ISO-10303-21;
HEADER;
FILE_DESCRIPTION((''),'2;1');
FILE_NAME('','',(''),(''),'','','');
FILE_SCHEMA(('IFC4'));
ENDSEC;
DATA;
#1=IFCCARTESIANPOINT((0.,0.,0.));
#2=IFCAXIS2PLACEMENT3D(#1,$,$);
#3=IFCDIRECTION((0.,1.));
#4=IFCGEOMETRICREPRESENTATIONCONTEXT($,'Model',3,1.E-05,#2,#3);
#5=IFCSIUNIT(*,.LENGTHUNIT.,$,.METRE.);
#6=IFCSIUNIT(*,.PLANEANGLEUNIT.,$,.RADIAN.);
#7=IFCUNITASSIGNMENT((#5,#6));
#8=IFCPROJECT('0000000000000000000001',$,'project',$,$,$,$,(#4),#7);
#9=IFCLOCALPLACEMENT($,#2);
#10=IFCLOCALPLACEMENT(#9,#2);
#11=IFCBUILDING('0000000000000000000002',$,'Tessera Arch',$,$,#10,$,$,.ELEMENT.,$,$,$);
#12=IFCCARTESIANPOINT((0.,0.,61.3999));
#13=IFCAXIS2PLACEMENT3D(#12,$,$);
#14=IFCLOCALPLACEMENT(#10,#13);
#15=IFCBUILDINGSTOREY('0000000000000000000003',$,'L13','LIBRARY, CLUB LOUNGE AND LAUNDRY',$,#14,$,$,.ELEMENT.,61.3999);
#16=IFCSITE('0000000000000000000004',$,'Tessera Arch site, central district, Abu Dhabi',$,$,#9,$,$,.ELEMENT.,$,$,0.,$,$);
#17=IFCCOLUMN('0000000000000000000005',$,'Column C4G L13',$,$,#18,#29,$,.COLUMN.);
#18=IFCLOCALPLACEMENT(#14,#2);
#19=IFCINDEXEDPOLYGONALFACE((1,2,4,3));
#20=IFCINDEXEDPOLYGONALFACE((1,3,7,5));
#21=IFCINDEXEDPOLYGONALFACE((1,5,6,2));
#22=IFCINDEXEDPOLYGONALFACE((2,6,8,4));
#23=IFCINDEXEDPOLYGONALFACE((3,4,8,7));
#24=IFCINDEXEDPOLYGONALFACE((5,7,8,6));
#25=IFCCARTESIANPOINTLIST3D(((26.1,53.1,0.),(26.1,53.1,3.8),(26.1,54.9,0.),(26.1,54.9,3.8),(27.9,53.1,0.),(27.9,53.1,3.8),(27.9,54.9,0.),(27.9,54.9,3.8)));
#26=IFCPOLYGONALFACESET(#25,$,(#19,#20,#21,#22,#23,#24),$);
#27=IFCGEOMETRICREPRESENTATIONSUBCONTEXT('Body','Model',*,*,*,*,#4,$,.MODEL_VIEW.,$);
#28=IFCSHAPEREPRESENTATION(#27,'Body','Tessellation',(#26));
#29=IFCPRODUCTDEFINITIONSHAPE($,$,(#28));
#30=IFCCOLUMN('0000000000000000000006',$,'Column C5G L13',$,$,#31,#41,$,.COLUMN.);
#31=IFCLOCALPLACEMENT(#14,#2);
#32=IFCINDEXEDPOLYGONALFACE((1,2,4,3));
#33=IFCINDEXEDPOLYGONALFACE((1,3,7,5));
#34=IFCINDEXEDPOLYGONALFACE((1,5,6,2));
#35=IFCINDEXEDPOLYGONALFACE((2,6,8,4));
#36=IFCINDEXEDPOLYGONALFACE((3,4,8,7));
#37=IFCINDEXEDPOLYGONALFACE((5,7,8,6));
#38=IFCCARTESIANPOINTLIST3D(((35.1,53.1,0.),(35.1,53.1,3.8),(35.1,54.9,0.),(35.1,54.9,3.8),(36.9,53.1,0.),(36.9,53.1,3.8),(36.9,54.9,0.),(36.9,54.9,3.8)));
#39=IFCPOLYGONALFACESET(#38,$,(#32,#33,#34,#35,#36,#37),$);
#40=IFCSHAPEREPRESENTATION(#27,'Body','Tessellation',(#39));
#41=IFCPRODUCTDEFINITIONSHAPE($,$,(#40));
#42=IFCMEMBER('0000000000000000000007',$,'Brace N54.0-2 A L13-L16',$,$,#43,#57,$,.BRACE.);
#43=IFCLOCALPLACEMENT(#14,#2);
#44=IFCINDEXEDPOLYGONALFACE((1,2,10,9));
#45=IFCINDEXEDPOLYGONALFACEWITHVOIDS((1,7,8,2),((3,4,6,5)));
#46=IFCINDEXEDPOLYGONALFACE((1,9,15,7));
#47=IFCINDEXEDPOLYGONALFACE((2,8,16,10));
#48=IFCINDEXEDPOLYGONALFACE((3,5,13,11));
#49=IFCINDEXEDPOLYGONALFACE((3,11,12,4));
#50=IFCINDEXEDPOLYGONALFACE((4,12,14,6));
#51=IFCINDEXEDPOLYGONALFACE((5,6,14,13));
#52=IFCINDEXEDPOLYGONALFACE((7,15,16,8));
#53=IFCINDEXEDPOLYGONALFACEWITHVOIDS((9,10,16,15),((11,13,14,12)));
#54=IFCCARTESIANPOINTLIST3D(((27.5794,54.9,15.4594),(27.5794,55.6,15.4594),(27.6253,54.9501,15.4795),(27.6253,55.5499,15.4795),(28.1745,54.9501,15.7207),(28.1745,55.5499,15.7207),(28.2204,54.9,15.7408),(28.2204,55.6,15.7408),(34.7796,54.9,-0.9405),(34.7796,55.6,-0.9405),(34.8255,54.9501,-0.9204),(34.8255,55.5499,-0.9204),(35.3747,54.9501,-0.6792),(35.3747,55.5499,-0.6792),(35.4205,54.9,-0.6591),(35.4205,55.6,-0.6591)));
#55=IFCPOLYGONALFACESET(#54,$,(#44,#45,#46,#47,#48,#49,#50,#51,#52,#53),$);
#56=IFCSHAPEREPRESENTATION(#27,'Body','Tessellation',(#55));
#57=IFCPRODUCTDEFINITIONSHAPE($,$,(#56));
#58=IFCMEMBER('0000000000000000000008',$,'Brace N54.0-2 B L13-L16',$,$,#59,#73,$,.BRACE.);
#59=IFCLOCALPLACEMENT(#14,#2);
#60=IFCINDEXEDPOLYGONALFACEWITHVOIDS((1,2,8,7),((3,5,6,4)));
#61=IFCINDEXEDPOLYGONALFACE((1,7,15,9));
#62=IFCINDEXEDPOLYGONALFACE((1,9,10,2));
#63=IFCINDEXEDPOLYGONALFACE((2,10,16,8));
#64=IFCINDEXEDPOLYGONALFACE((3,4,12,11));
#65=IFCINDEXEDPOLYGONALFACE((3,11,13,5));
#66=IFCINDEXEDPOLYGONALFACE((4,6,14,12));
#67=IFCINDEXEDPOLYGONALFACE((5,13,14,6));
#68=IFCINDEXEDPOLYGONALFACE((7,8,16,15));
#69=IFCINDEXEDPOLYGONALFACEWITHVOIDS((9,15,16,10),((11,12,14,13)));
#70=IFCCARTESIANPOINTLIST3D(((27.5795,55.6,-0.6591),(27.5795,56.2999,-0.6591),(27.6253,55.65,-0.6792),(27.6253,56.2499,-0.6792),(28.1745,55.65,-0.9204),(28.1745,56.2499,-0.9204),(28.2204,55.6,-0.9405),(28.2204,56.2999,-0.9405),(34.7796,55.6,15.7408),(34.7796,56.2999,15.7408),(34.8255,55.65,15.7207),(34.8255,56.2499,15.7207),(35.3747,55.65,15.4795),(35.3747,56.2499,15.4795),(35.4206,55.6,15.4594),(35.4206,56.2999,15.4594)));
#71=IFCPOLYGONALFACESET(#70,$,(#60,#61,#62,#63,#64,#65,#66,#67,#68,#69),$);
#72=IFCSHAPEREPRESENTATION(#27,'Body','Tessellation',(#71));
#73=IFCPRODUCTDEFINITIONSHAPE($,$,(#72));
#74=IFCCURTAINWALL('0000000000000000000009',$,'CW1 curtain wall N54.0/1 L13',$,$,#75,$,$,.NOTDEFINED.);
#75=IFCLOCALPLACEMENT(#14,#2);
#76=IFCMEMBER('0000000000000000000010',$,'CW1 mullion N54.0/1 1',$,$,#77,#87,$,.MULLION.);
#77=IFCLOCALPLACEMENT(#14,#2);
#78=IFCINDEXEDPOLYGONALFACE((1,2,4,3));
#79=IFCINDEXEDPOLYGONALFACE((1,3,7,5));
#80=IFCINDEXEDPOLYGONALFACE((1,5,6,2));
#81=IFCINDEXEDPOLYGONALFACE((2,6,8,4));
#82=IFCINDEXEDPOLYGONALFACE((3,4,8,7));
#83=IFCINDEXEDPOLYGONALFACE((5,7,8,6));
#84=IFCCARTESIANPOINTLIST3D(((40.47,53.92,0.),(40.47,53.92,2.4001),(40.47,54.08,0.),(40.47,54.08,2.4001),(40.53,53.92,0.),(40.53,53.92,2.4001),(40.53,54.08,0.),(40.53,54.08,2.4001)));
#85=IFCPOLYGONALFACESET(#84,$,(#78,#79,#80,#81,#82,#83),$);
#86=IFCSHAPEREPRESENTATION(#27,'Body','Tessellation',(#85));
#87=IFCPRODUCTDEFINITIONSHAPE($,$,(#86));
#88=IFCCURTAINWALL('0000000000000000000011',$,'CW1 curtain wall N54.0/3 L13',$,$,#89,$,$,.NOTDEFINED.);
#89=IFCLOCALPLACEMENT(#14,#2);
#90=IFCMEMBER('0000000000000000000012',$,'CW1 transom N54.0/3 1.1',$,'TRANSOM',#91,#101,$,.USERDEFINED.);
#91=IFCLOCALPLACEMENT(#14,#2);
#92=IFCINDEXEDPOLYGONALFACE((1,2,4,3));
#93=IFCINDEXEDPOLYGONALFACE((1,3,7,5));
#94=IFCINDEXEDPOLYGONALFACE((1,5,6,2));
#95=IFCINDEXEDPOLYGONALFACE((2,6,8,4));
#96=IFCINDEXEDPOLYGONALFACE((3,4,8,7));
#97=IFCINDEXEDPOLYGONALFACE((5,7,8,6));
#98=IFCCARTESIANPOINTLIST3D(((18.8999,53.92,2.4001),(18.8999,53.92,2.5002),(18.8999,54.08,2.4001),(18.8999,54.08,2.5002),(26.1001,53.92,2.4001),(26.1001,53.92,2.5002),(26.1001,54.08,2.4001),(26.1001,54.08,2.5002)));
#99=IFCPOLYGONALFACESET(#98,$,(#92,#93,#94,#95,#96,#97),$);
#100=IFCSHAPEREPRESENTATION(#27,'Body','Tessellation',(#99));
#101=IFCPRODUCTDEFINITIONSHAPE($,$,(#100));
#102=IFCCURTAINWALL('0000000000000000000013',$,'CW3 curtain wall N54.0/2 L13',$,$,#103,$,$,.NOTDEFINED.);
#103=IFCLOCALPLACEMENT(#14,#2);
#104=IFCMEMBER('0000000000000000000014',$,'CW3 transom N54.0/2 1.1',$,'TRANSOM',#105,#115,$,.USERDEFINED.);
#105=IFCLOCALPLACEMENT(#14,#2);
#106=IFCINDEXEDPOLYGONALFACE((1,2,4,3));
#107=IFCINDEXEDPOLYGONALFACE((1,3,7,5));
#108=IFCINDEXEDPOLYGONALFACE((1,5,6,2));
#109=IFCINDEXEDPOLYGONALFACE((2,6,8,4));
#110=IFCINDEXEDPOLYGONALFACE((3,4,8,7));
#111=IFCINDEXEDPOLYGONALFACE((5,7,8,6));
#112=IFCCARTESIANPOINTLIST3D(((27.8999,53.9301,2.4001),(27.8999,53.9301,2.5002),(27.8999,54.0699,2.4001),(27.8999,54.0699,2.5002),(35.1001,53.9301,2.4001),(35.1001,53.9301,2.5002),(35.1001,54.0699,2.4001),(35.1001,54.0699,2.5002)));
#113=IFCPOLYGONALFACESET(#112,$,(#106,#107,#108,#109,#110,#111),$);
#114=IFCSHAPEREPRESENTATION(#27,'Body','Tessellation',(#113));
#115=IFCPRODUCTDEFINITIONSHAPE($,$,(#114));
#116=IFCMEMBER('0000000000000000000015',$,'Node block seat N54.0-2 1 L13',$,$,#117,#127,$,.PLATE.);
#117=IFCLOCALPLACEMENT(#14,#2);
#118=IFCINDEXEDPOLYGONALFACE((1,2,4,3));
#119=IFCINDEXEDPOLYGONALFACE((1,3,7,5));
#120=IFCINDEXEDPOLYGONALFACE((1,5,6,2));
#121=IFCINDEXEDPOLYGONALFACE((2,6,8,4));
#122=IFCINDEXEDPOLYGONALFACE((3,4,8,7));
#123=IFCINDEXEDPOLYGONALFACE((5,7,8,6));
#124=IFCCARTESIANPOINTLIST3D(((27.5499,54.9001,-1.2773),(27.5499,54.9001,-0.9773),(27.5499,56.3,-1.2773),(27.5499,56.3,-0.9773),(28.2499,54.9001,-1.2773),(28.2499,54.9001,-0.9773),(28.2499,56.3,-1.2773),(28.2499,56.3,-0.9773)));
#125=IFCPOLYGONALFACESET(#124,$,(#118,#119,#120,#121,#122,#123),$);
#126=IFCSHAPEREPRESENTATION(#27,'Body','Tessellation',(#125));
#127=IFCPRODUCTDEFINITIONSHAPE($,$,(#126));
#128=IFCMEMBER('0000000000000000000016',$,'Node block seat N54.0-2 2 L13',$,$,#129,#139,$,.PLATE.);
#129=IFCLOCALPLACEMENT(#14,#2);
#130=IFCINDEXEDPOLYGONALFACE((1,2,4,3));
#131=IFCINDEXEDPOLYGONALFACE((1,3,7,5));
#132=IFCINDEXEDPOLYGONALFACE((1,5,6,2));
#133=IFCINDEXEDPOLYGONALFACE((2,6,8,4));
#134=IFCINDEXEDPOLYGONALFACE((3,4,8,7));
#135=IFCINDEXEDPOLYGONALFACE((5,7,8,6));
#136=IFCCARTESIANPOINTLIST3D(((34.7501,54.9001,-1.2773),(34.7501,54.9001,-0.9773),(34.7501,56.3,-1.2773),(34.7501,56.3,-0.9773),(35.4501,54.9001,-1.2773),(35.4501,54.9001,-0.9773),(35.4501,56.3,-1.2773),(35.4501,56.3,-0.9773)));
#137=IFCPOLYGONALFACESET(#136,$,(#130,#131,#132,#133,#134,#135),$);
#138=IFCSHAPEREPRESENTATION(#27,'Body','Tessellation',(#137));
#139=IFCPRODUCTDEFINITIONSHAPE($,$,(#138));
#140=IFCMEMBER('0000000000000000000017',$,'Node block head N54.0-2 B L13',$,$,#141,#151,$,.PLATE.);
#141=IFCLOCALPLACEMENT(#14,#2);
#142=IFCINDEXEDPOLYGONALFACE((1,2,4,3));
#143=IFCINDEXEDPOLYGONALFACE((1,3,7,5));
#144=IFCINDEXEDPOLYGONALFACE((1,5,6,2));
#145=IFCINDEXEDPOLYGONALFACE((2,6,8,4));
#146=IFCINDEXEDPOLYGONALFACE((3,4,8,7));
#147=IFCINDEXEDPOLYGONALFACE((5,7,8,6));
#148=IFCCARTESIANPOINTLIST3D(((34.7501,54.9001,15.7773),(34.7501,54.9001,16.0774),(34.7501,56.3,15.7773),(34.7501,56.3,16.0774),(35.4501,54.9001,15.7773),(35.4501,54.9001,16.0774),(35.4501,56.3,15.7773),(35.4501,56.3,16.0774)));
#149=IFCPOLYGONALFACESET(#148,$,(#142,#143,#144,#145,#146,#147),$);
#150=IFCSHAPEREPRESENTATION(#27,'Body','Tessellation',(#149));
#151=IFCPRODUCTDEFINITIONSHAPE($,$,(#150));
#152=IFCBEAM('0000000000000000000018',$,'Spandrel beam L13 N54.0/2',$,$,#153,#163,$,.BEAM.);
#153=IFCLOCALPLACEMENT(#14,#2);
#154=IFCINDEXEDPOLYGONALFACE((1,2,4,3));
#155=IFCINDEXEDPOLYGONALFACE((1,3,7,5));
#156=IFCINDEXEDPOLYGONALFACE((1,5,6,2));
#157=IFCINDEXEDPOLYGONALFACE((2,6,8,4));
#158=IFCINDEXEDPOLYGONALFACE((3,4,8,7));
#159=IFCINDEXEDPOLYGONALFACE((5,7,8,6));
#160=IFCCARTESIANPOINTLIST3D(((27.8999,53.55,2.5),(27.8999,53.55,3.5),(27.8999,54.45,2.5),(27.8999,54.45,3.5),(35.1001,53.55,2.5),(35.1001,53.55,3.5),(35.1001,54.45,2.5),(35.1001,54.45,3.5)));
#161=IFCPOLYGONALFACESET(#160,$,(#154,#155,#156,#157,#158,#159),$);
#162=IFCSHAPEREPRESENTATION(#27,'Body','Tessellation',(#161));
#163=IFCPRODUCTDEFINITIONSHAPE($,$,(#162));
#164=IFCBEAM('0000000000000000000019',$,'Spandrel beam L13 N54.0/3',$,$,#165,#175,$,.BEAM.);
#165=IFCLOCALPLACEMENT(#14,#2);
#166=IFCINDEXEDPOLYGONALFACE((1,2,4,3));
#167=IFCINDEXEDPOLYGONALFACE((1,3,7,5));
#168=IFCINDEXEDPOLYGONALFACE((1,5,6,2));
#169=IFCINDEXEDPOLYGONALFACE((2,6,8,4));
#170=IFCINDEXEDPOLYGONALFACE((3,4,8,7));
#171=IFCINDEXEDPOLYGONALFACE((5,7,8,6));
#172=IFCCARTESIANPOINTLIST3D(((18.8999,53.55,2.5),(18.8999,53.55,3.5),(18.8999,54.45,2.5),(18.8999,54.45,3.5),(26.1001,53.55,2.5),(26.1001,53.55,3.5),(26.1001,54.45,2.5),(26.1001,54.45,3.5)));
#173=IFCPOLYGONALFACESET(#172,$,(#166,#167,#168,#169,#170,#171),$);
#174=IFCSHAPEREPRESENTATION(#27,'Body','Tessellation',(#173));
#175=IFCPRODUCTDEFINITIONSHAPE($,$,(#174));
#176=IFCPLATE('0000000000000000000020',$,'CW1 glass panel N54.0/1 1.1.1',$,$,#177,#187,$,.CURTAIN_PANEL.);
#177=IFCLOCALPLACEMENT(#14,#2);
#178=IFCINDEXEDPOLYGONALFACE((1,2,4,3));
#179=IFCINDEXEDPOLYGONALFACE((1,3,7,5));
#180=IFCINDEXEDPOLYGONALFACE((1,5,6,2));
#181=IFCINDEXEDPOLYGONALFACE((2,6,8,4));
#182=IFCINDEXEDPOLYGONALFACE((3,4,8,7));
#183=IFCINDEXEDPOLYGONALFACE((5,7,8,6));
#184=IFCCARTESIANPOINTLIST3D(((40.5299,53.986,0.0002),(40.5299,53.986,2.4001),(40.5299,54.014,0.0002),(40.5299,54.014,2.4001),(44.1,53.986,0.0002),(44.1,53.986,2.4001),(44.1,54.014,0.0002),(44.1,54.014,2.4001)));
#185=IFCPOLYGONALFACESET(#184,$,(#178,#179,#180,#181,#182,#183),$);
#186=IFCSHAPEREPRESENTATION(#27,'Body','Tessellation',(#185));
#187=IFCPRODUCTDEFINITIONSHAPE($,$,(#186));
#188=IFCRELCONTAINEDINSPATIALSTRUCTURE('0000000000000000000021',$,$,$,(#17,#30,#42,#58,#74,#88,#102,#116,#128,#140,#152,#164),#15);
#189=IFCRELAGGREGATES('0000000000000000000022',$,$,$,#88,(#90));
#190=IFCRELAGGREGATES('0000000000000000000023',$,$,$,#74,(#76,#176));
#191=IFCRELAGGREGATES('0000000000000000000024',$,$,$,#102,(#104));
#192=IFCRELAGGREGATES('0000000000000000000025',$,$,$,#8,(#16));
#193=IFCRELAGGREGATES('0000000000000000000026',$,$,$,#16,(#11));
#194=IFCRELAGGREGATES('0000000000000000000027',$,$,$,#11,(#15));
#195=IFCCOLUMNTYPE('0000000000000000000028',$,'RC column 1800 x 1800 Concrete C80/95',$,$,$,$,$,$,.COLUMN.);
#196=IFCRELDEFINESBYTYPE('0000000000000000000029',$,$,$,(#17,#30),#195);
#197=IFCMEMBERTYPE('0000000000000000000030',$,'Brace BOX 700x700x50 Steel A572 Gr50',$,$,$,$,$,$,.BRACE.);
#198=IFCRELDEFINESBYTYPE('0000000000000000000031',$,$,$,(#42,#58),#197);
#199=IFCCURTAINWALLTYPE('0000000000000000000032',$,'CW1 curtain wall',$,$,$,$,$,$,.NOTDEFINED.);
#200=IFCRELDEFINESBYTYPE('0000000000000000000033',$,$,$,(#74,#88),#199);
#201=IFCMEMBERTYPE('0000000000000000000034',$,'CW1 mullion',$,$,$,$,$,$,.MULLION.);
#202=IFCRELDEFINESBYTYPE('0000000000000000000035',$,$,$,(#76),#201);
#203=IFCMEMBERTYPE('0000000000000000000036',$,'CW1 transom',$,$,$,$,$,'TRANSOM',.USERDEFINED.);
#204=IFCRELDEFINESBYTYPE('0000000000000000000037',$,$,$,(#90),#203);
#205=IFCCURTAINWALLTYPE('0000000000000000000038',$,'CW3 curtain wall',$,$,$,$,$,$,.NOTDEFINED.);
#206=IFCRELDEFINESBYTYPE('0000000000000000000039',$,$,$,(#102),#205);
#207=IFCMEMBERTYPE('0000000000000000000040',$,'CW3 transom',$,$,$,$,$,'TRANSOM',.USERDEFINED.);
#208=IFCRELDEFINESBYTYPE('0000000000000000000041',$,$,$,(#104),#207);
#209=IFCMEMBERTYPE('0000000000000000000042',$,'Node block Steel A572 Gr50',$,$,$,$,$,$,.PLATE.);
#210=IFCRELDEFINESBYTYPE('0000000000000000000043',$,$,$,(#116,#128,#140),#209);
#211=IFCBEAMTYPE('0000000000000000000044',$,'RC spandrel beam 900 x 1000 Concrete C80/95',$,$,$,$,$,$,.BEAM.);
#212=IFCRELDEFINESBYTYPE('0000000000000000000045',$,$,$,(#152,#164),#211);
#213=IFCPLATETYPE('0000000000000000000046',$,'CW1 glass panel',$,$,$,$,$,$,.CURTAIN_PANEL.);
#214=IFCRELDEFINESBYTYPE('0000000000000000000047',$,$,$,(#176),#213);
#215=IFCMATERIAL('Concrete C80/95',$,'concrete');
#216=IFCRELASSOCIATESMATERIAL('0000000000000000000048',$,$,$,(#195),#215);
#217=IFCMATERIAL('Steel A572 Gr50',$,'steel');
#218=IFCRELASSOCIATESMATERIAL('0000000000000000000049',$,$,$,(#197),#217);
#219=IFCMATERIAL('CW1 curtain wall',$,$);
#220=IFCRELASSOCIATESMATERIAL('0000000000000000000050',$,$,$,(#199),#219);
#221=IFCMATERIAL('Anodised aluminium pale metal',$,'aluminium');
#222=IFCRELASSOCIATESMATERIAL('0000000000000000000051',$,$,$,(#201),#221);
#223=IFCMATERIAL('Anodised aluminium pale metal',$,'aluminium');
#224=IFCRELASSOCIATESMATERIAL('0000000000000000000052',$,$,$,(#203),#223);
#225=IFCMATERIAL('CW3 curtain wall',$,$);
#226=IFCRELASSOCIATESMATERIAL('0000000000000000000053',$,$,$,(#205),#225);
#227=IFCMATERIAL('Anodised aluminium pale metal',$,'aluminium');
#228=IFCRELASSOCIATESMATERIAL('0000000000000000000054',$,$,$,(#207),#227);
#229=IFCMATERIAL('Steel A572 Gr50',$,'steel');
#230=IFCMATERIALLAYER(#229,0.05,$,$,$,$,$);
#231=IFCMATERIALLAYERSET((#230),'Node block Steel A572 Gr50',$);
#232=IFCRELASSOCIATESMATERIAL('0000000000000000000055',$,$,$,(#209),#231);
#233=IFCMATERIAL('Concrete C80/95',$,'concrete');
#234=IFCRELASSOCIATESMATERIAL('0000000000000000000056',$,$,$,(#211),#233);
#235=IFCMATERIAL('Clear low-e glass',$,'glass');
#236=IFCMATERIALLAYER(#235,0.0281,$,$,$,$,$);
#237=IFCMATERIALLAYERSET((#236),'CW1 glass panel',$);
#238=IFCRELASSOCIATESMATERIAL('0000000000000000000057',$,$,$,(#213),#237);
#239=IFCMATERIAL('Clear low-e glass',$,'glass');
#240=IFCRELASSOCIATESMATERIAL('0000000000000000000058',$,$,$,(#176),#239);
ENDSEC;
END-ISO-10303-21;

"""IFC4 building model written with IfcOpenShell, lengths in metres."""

from ifc_helpers import new_model, si_unit, direction, frame, origin, origin_2d, place, context, subcontext, project, spatial, rectangle, hollow_rectangle, extrude, material, layer, layer_set, material_profile, profile_set, type_object, element, aggregate, save


model = new_model("IFC4")

# Units and contexts
model_context = context("Model", 3, precision=1e-05, world=origin(), true_north=direction((0.0, 1.0)))
body_context = subcontext(model_context, "Body", "Model", "MODEL_VIEW")
ifc_project = project(units=[si_unit("LENGTHUNIT", "METRE"), si_unit("PLANEANGLEUNIT", "RADIAN")], contexts=[model_context])

# Site, building, storey
site_placement = place(None, origin())
site = spatial("IfcSite", under=ifc_project, at=site_placement, Name="Tessera Arch site, central district, Abu Dhabi", CompositionType="ELEMENT", RefElevation=0.0)
building_placement = place(site_placement, origin())
building = spatial("IfcBuilding", under=site, at=building_placement, Name="Tessera Arch", CompositionType="ELEMENT")
storey_placement = place(building_placement, frame((0.0, 0.0, 61.3999)))
storey = spatial("IfcBuildingStorey", under=building, at=storey_placement, Name="L13", Description="LIBRARY, CLUB LOUNGE AND LAUNDRY", CompositionType="ELEMENT", Elevation=61.3999)

# Columns
ifc_material_1 = material(Name="Concrete C80/95", Category="concrete")
ifc_material_profile_1 = material_profile(ifc_material_1, rectangle(XDim=1.8, YDim=1.8, at=origin_2d()), Name="RC column 1800 x 1800 Concrete C80/95")
ifc_profile_set_1 = profile_set([ifc_material_profile_1], Name="Concrete C80/95")
column_type = type_object("IfcColumnType", Name="RC column 1800 x 1800 Concrete C80/95", PredefinedType="COLUMN", material=ifc_profile_set_1)
for number, where, z_axis, x_axis, name in (
    (1, (27.0, 54.0, 0.0), (0.0, 0.0, 1.0), (1.0, 0.0, 0.0), "Column C4G L13"),
    (2, (36.0, 54.0, 0.0), (0.0, 0.0, 1.0), (1.0, 0.0, 0.0), "Column C5G L13"),
):
    element("IfcColumn", number, at=place(storey_placement, frame(where, z_axis=z_axis, x_axis=x_axis)), inside=storey, type_object=column_type, Name=name, PredefinedType="COLUMN", context=body_context, shape_type="SweptSolid", body=[
        extrude(rectangle(XDim=1.8, YDim=1.8, at=origin_2d()), origin(), (0.0, 0.0, 1.0), 3.8),
    ])

# Members
ifc_material_2 = material(Name="Steel A572 Gr50", Category="steel")
ifc_material_profile_2 = material_profile(ifc_material_2, hollow_rectangle(XDim=0.7, YDim=0.7, WallThickness=0.05, at=origin_2d()), Name="BOX 700x700x50")
ifc_profile_set_2 = profile_set([ifc_material_profile_2], Name="Steel A572 Gr50")
member_type_1 = type_object("IfcMemberType", Name="Brace BOX 700x700x50 Steel A572 Gr50", PredefinedType="BRACE", material=ifc_profile_set_2)
for number, where, z_axis, x_axis, name in (
    (3, (35.1001, 55.25, -0.7998), (-0.402001, 0.0, 0.915639), (0.0, -1.0, 0.0), "Brace N54.0-2 A L13-L16"),
    (4, (27.8999, 55.95, -0.7998), (0.402001, 0.0, 0.915639), (0.0, 1.0, 0.0), "Brace N54.0-2 B L13-L16"),
):
    element("IfcMember", number, at=place(storey_placement, frame(where, z_axis=z_axis, x_axis=x_axis)), inside=storey, type_object=member_type_1, Name=name, PredefinedType="BRACE", context=body_context, shape_type="SweptSolid", body=[
        extrude(hollow_rectangle(XDim=0.7, YDim=0.7, WallThickness=0.05, at=origin_2d()), origin(), (0.0, 0.0, 1.0), 17.9109),
    ])

# Curtain walls, members
ifc_material_3 = material(Name="CW1 curtain wall")
curtain_wall_type_1 = type_object("IfcCurtainWallType", Name="CW1 curtain wall", PredefinedType="NOTDEFINED", material=ifc_material_3)
curtain_wall_1_placement = place(storey_placement, origin())
curtain_wall_1 = element("IfcCurtainWall", 5, at=curtain_wall_1_placement, inside=storey, type_object=curtain_wall_type_1, Name="CW1 curtain wall N54.0/1 L13", PredefinedType="NOTDEFINED")
ifc_material_4 = material(Name="Anodised aluminium pale metal", Category="aluminium")
ifc_material_profile_3 = material_profile(ifc_material_4, rectangle(XDim=0.1599, YDim=0.0601, at=origin_2d()), Name="AL 60x160")
ifc_profile_set_3 = profile_set([ifc_material_profile_3], Name="Anodised aluminium pale metal")
member_type_2 = type_object("IfcMemberType", Name="CW1 mullion", PredefinedType="MULLION", material=ifc_profile_set_3)
member_1_placement = place(storey_placement, frame((40.5, 54.0, 0.0), z_axis=(0.0, 0.0, 1.0), x_axis=(0.0, -1.0, 0.0)))
member_1 = element("IfcMember", 6, at=member_1_placement, type_object=member_type_2, Name="CW1 mullion N54.0/1 1", PredefinedType="MULLION", context=body_context, shape_type="SweptSolid", body=[
    extrude(rectangle(XDim=0.1599, YDim=0.0601, at=origin_2d()), origin(), (0.0, 0.0, 1.0), 2.4001),
])
curtain_wall_2_placement = place(storey_placement, origin())
curtain_wall_2 = element("IfcCurtainWall", 7, at=curtain_wall_2_placement, inside=storey, type_object=curtain_wall_type_1, Name="CW1 curtain wall N54.0/3 L13", PredefinedType="NOTDEFINED")
ifc_material_5 = material(Name="Anodised aluminium pale metal", Category="aluminium")
ifc_material_profile_4 = material_profile(ifc_material_5, rectangle(XDim=0.1599, YDim=0.1001, at=origin_2d()), Name="AL 160x100")
ifc_profile_set_4 = profile_set([ifc_material_profile_4], Name="Anodised aluminium pale metal")
member_type_3 = type_object("IfcMemberType", Name="CW1 transom", ElementType="TRANSOM", PredefinedType="USERDEFINED", material=ifc_profile_set_4)
member_2_placement = place(storey_placement, frame((26.1001, 54.0, 2.4502), z_axis=(-1.0, 0.0, 0.0), x_axis=(0.0, -1.0, 0.0)))
member_2 = element("IfcMember", 8, at=member_2_placement, type_object=member_type_3, Name="CW1 transom N54.0/3 1.1", ObjectType="TRANSOM", PredefinedType="USERDEFINED", context=body_context, shape_type="SweptSolid", body=[
    extrude(rectangle(XDim=0.1599, YDim=0.1001, at=origin_2d()), origin(), (0.0, 0.0, 1.0), 7.2002),
])
ifc_material_6 = material(Name="CW3 curtain wall")
curtain_wall_type_2 = type_object("IfcCurtainWallType", Name="CW3 curtain wall", PredefinedType="NOTDEFINED", material=ifc_material_6)
curtain_wall_3_placement = place(storey_placement, origin())
curtain_wall_3 = element("IfcCurtainWall", 9, at=curtain_wall_3_placement, inside=storey, type_object=curtain_wall_type_2, Name="CW3 curtain wall N54.0/2 L13", PredefinedType="NOTDEFINED")
ifc_material_7 = material(Name="Anodised aluminium pale metal", Category="aluminium")
ifc_material_profile_5 = material_profile(ifc_material_7, rectangle(XDim=0.1399, YDim=0.1001, at=origin_2d()), Name="AL 140x100")
ifc_profile_set_5 = profile_set([ifc_material_profile_5], Name="Anodised aluminium pale metal")
member_type_4 = type_object("IfcMemberType", Name="CW3 transom", ElementType="TRANSOM", PredefinedType="USERDEFINED", material=ifc_profile_set_5)
member_3_placement = place(storey_placement, frame((35.1001, 54.0, 2.4502), z_axis=(-1.0, 0.0, 0.0), x_axis=(0.0, -1.0, 0.0)))
member_3 = element("IfcMember", 10, at=member_3_placement, type_object=member_type_4, Name="CW3 transom N54.0/2 1.1", ObjectType="TRANSOM", PredefinedType="USERDEFINED", context=body_context, shape_type="SweptSolid", body=[
    extrude(rectangle(XDim=0.1399, YDim=0.1001, at=origin_2d()), origin(), (0.0, 0.0, 1.0), 7.2002),
])

# Members
ifc_material_8 = material(Name="Steel A572 Gr50", Category="steel")
ifc_layer_1 = layer(ifc_material_8, 0.05)
ifc_layer_set_1 = layer_set([ifc_layer_1], Name="Node block Steel A572 Gr50")
member_type_5 = type_object("IfcMemberType", Name="Node block Steel A572 Gr50", PredefinedType="PLATE", material=ifc_layer_set_1)
for number, where, z_axis, x_axis, name in (
    (11, (27.8999, 55.6001, -1.2773), (0.0, 0.0, 1.0), (-1.0, 0.0, 0.0), "Node block seat N54.0-2 1 L13"),
    (12, (35.1001, 55.6001, -1.2773), (0.0, 0.0, 1.0), (-1.0, 0.0, 0.0), "Node block seat N54.0-2 2 L13"),
    (13, (35.1001, 55.6001, 15.7773), (0.0, 0.0, 1.0), (-1.0, 0.0, 0.0), "Node block head N54.0-2 B L13"),
):
    element("IfcMember", number, at=place(storey_placement, frame(where, z_axis=z_axis, x_axis=x_axis)), inside=storey, type_object=member_type_5, Name=name, PredefinedType="PLATE", context=body_context, shape_type="SweptSolid", body=[
        extrude(rectangle(XDim=0.7, YDim=1.3999, at=origin_2d()), origin(), (0.0, 0.0, 1.0), 0.3),
    ])

# Beams
ifc_material_9 = material(Name="Concrete C80/95", Category="concrete")
ifc_material_profile_6 = material_profile(ifc_material_9, rectangle(XDim=0.8999, YDim=1.0, at=origin_2d()), Name="RC spandrel beam 900 x 1000 Concrete C80/95")
ifc_profile_set_6 = profile_set([ifc_material_profile_6], Name="Concrete C80/95")
beam_type = type_object("IfcBeamType", Name="RC spandrel beam 900 x 1000 Concrete C80/95", PredefinedType="BEAM", material=ifc_profile_set_6)
for number, where, z_axis, x_axis, name in (
    (14, (35.1001, 54.0, 3.0), (-1.0, 0.0, 0.0), (0.0, -1.0, 0.0), "Spandrel beam L13 N54.0/2"),
    (15, (26.1001, 54.0, 3.0), (-1.0, 0.0, 0.0), (0.0, -1.0, 0.0), "Spandrel beam L13 N54.0/3"),
):
    element("IfcBeam", number, at=place(storey_placement, frame(where, z_axis=z_axis, x_axis=x_axis)), inside=storey, type_object=beam_type, Name=name, PredefinedType="BEAM", context=body_context, shape_type="SweptSolid", body=[
        extrude(rectangle(XDim=0.8999, YDim=1.0, at=origin_2d()), origin(), (0.0, 0.0, 1.0), 7.2002),
    ])

# Plate
ifc_material_10 = material(Name="Clear low-e glass", Category="glass")
ifc_material_11 = material(Name="Clear low-e glass", Category="glass")
ifc_layer_2 = layer(ifc_material_11, 0.0281)
ifc_layer_set_2 = layer_set([ifc_layer_2], Name="CW1 glass panel")
plate_type_1 = type_object("IfcPlateType", Name="CW1 glass panel", PredefinedType="CURTAIN_PANEL", material=ifc_layer_set_2)
plate_1_placement = place(storey_placement, frame((42.3149, 54.0, 0.0002), z_axis=(0.0, 0.0, 1.0), x_axis=(-1.0, 0.0, 0.0)))
plate_1 = element("IfcPlate", 16, at=plate_1_placement, type_object=plate_type_1, material=ifc_material_10, Name="CW1 glass panel N54.0/1 1.1.1", PredefinedType="CURTAIN_PANEL", context=body_context, shape_type="SweptSolid", body=[
    extrude(rectangle(XDim=3.5701, YDim=0.0281, at=origin_2d()), origin(), (0.0, 0.0, 1.0), 2.3999),
])
aggregate(curtain_wall_2, [member_2])
aggregate(curtain_wall_1, [member_1, plate_1])
aggregate(curtain_wall_3, [member_3])

save(model, "model.ifc")
